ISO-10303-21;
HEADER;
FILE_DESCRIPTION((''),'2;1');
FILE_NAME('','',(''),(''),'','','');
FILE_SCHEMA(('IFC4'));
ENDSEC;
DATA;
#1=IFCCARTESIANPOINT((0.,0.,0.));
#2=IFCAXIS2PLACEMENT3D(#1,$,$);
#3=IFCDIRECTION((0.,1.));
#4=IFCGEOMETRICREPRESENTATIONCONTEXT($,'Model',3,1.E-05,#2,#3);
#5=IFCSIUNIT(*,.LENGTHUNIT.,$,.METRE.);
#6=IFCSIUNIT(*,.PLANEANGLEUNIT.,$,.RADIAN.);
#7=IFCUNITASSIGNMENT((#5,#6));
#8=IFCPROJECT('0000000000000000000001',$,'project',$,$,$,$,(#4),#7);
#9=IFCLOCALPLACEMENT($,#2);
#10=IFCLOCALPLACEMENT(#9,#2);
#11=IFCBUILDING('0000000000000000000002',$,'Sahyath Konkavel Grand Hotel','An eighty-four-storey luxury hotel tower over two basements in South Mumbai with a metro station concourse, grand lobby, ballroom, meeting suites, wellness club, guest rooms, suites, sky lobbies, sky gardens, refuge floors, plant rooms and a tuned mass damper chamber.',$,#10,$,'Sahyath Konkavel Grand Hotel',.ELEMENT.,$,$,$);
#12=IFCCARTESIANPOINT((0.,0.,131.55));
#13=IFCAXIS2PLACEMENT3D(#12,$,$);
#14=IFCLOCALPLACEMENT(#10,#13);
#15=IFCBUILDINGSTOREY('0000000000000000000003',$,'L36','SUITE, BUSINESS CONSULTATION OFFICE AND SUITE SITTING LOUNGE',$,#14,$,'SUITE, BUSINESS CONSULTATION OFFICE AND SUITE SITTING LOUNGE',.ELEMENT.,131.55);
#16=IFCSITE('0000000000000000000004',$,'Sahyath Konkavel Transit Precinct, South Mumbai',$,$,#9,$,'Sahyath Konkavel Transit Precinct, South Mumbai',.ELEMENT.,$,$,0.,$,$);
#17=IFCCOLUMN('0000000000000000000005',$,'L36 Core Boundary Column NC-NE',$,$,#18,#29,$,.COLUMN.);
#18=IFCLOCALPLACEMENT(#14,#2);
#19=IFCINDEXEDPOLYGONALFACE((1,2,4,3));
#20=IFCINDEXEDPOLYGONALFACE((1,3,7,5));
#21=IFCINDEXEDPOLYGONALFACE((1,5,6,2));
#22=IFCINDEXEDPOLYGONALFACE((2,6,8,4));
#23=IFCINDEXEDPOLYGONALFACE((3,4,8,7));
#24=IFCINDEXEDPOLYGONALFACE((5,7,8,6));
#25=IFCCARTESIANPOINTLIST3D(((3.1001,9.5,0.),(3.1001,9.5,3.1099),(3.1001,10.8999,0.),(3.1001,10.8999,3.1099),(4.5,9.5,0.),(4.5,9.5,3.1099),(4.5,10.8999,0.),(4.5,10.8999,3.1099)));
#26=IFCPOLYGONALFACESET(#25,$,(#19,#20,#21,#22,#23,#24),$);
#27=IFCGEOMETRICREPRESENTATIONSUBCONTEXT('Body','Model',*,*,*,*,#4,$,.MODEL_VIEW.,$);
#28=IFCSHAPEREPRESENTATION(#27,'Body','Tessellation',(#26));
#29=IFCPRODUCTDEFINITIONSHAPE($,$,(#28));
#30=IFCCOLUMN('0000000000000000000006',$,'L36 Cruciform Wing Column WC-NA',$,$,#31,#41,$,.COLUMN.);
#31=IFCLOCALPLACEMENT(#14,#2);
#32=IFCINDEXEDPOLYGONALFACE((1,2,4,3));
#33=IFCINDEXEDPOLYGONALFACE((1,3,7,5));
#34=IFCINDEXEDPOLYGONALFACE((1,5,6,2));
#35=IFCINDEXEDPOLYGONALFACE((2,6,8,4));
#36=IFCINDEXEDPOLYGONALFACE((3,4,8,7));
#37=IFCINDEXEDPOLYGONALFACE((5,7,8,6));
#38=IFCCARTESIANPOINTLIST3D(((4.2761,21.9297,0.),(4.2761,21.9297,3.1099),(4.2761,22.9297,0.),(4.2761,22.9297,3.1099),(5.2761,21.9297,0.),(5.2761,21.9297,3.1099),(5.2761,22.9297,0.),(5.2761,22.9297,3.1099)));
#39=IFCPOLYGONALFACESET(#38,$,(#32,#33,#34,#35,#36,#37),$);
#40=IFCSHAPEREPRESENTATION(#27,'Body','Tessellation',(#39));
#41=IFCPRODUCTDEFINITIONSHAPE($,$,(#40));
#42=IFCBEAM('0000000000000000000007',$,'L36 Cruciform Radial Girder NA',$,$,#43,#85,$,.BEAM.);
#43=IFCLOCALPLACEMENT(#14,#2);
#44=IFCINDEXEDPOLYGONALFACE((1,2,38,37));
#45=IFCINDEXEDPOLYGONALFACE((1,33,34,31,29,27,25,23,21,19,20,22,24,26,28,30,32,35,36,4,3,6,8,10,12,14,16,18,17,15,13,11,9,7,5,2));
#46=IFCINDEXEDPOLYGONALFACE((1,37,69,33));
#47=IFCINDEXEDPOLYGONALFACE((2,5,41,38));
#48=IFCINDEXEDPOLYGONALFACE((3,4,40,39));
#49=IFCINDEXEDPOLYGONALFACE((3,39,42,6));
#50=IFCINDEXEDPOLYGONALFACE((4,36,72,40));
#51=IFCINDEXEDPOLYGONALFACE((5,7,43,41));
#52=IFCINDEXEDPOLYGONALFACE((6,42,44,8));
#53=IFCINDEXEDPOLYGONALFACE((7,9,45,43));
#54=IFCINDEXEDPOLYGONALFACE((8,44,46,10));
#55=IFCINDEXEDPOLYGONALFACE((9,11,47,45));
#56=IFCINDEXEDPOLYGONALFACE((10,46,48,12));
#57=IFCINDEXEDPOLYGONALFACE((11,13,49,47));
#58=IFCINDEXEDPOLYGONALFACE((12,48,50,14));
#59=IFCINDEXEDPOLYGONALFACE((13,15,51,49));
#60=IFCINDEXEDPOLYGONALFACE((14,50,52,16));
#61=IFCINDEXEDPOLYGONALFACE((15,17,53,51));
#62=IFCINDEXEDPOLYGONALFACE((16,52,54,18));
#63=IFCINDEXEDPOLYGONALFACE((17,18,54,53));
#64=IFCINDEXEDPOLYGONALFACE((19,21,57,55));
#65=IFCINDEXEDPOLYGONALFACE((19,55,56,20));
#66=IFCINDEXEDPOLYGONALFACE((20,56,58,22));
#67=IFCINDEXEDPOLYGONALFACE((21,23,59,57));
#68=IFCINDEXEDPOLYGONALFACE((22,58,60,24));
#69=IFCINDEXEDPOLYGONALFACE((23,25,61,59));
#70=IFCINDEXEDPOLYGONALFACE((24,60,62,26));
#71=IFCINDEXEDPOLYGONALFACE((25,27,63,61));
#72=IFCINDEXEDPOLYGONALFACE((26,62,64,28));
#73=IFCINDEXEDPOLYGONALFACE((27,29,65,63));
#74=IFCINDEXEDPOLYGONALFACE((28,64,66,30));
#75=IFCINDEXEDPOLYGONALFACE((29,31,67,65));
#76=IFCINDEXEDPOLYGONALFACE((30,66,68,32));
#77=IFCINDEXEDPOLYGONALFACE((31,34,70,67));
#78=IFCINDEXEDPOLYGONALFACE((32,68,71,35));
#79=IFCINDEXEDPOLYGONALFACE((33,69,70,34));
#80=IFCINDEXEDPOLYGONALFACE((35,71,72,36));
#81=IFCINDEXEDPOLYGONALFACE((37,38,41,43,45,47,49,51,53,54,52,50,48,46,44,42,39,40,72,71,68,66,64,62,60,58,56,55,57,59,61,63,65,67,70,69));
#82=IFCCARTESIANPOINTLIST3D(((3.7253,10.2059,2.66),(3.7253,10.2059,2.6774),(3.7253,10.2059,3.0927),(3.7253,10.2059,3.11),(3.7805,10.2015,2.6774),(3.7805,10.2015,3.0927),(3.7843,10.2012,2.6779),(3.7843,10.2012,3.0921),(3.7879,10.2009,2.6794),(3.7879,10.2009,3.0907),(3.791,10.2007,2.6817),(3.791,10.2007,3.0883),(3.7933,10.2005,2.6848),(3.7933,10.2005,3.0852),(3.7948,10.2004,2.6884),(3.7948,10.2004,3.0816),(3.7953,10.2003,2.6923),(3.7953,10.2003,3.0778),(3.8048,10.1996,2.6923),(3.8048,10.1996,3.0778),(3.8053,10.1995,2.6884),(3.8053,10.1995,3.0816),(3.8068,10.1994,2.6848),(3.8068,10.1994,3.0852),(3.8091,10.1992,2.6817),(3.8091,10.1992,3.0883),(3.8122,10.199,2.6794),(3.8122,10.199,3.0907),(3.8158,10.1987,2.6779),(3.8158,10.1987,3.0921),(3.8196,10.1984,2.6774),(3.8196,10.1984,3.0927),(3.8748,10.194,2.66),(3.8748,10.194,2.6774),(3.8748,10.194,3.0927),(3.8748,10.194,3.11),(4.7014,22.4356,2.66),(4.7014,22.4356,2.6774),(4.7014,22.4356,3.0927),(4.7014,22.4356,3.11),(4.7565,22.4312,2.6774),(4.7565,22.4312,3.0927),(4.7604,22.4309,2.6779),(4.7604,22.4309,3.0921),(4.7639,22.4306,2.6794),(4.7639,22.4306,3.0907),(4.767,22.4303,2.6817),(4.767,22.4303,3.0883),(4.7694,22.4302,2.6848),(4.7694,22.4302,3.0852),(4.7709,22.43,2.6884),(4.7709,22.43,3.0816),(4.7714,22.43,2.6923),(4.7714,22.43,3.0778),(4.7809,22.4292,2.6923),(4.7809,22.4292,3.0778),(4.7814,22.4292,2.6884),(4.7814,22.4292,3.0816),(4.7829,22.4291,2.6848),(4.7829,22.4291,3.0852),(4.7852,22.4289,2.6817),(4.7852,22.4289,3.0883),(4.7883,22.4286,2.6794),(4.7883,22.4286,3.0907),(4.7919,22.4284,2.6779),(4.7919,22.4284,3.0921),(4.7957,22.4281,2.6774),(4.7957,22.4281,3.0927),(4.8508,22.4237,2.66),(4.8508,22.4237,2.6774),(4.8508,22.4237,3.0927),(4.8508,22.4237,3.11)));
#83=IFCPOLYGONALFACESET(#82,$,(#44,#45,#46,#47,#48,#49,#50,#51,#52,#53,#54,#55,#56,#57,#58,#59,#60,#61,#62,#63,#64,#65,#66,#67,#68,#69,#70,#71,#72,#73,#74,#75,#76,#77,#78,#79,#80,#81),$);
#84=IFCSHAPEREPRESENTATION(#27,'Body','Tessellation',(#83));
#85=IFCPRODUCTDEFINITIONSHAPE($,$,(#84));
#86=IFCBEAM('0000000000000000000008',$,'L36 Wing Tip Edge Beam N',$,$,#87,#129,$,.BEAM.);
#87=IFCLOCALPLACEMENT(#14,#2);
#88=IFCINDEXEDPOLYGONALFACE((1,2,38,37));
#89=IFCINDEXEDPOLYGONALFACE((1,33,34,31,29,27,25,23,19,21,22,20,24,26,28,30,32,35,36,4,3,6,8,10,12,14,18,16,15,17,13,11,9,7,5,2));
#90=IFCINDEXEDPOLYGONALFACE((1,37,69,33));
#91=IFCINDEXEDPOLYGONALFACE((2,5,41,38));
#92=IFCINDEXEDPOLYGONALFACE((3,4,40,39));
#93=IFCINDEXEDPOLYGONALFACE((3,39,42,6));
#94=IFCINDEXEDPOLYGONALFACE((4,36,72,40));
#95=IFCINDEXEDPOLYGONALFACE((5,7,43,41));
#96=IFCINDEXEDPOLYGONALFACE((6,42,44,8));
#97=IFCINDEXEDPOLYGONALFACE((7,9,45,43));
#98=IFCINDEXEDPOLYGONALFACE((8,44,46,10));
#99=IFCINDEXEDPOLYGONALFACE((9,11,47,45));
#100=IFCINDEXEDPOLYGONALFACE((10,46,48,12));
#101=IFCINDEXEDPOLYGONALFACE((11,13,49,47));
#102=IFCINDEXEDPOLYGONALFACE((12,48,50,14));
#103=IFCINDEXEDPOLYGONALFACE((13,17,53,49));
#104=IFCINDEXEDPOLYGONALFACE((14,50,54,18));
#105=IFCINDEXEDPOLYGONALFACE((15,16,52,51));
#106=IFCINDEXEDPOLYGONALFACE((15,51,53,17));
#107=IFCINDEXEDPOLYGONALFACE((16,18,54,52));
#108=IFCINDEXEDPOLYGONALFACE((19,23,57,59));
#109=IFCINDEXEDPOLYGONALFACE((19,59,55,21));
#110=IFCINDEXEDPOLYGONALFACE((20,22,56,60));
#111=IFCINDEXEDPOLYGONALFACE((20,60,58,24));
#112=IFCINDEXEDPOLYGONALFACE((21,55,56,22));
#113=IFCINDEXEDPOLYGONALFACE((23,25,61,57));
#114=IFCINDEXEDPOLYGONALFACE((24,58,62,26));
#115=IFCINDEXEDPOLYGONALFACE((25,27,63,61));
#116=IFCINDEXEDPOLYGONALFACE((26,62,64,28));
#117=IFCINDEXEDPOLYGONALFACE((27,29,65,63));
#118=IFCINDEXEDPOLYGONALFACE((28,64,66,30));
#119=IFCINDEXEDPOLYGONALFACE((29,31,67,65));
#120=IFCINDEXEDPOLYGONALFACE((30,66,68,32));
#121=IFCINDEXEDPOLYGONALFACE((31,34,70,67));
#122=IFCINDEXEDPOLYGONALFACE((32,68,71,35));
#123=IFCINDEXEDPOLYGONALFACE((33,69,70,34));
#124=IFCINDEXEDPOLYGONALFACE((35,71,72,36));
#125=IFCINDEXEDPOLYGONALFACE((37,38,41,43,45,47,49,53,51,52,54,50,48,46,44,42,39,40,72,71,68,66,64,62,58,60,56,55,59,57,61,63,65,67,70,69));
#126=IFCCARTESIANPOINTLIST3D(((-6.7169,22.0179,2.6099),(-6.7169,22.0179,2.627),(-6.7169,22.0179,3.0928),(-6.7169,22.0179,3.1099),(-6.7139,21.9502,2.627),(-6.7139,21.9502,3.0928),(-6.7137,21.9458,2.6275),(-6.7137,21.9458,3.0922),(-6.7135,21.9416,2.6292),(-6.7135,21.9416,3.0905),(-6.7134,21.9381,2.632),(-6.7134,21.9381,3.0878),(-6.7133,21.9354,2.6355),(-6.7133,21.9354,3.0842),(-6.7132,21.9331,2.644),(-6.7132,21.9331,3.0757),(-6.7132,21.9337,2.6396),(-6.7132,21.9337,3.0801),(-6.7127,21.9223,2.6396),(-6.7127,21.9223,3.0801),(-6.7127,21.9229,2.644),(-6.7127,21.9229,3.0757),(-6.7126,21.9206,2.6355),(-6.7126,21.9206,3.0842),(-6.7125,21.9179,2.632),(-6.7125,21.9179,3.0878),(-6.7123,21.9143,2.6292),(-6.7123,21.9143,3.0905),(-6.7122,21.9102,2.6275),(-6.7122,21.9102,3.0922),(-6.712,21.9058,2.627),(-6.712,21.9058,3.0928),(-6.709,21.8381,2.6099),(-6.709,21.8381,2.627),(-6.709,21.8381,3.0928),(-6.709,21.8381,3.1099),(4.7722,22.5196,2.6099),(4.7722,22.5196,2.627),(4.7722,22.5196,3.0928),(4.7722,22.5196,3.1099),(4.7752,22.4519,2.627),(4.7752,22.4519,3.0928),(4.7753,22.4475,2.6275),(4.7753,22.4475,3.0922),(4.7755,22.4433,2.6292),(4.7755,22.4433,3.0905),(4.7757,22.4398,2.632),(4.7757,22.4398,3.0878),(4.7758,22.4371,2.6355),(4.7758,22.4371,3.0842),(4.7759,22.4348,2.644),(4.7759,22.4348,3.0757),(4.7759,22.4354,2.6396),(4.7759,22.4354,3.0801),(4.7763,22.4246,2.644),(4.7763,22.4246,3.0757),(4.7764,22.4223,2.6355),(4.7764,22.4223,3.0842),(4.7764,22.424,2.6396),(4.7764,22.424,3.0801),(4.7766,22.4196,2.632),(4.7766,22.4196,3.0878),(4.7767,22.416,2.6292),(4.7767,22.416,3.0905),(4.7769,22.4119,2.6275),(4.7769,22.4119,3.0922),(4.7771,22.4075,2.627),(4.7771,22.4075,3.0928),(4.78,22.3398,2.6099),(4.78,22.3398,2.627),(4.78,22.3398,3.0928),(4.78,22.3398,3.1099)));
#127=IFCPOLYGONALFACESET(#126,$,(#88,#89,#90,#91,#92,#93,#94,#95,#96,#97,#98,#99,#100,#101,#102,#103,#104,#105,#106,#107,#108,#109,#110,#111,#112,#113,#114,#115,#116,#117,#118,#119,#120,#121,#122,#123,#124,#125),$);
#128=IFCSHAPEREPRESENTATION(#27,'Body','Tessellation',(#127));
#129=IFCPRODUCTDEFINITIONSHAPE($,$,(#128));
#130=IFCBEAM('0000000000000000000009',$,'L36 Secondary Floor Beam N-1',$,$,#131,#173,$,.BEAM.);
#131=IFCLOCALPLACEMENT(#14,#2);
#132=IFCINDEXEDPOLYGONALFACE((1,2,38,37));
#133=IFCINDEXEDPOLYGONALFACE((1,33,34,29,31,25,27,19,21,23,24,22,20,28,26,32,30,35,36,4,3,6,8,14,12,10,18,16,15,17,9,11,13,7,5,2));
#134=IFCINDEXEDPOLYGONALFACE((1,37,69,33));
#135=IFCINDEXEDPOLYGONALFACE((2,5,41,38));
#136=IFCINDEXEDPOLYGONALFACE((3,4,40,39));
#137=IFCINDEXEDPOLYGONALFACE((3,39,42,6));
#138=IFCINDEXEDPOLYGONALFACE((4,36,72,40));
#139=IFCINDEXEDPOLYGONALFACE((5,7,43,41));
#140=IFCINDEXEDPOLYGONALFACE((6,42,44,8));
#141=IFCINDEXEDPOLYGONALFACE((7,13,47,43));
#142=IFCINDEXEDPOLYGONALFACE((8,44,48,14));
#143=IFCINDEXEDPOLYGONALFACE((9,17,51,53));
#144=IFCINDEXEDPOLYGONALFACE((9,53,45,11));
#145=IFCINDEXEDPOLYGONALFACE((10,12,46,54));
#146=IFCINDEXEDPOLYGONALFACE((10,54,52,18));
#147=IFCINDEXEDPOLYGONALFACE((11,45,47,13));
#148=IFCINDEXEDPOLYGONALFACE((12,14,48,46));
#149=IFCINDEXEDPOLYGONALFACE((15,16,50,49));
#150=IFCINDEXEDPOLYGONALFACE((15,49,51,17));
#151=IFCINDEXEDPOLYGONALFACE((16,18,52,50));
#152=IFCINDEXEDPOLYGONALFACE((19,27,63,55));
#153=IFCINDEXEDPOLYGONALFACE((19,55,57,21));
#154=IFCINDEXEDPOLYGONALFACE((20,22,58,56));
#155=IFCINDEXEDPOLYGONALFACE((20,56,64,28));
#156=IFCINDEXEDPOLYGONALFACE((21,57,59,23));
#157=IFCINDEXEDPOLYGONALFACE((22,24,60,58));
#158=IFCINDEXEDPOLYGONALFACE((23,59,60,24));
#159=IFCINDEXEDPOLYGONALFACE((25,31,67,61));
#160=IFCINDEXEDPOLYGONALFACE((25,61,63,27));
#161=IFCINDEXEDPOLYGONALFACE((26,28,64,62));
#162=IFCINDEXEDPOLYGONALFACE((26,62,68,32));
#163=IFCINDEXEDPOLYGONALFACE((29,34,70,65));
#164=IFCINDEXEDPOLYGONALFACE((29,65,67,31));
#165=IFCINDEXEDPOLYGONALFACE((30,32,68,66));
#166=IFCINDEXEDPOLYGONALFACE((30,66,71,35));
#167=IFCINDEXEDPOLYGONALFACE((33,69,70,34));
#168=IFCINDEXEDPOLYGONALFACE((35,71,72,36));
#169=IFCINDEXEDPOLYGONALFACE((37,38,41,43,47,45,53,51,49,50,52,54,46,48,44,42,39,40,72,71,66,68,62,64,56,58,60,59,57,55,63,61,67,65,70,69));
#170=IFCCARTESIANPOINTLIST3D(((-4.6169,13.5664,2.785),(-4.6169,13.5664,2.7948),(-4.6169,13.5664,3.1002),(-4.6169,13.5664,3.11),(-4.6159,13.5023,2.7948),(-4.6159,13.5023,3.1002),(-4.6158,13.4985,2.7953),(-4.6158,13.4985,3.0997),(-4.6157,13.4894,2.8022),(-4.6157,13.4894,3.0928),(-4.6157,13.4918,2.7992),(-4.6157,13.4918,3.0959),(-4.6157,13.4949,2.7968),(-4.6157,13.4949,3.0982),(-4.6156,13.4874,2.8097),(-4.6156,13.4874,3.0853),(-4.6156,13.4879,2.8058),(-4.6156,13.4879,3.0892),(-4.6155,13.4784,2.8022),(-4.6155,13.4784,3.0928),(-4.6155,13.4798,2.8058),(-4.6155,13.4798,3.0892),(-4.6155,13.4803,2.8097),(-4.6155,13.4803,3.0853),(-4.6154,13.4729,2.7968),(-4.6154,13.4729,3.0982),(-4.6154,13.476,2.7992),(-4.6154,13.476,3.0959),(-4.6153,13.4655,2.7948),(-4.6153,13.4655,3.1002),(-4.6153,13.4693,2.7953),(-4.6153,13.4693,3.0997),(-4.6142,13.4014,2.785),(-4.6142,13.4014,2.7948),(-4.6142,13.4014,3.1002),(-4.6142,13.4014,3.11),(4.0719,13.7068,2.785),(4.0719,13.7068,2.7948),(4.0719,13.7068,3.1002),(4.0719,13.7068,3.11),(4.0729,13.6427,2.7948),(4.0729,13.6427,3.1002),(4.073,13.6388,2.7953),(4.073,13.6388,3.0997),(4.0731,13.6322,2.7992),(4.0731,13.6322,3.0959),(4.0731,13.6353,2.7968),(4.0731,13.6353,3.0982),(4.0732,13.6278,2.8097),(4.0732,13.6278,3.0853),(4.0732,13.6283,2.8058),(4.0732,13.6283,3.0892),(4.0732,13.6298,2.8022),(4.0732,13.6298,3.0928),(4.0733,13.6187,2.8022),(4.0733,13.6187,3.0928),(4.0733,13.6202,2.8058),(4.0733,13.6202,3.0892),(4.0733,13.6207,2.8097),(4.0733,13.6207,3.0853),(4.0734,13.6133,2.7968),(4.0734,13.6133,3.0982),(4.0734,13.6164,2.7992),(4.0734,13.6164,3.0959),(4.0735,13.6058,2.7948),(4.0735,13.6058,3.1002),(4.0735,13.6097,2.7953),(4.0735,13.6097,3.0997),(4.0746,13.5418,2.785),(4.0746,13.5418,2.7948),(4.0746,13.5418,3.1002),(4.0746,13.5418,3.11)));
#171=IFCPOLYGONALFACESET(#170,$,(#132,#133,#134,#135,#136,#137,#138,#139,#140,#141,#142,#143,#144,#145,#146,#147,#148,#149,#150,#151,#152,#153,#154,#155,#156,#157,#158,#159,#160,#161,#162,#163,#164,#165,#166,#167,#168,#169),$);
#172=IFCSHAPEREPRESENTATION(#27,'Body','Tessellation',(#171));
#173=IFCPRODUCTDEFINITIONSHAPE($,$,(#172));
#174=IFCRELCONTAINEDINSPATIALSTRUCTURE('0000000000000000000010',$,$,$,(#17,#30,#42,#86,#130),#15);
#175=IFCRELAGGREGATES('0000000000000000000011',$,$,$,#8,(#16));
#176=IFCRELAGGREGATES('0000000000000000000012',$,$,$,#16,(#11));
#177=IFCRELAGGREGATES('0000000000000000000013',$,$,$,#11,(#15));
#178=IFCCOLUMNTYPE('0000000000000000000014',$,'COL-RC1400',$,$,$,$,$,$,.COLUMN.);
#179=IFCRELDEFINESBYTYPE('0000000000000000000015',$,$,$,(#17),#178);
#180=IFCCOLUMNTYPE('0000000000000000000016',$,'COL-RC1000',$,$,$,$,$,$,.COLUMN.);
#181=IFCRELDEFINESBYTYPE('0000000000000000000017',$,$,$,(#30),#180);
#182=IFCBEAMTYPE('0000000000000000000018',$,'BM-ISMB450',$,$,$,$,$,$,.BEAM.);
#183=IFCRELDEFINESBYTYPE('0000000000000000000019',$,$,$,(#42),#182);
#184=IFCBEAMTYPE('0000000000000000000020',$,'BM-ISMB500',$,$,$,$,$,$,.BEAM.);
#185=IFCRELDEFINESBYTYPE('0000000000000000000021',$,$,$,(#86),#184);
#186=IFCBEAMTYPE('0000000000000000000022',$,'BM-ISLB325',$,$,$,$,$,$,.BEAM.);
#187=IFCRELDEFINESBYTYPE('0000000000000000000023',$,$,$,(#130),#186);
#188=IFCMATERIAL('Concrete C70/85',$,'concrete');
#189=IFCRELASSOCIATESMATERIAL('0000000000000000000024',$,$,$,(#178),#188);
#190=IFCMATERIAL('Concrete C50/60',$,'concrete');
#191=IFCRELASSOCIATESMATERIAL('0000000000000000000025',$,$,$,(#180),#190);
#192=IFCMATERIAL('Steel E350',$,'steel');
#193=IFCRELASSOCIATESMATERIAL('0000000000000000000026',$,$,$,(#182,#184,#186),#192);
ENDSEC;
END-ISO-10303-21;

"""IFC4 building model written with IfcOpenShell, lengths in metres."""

from ifc_helpers import new_model, si_unit, direction, frame, origin, origin_2d, place, context, subcontext, project, spatial, rectangle, i_section, extrude, source, transform, mapped, material, material_profile, profile_set, type_object, element, save


model = new_model("IFC4")

# Units and contexts
model_context = context("Model", 3, precision=1e-05, world=origin(), true_north=direction((0.0, 1.0)))
body_context = subcontext(model_context, "Body", "Model", "MODEL_VIEW")
ifc_project = project(units=[si_unit("LENGTHUNIT", "METRE"), si_unit("PLANEANGLEUNIT", "RADIAN")], contexts=[model_context])

# Site, building, storey
site_placement = place(None, origin())
site = spatial("IfcSite", under=ifc_project, at=site_placement, Name="Sahyath Konkavel Transit Precinct, South Mumbai", LongName="Sahyath Konkavel Transit Precinct, South Mumbai", CompositionType="ELEMENT", RefElevation=0.0)
building_placement = place(site_placement, origin())
building = spatial("IfcBuilding", under=site, at=building_placement, Name="Sahyath Konkavel Grand Hotel", Description="An eighty-four-storey luxury hotel tower over two basements in South Mumbai with a metro station concourse, grand lobby, ballroom, meeting suites, wellness club, guest rooms, suites, sky lobbies, sky gardens, refuge floors, plant rooms and a tuned mass damper chamber.", LongName="Sahyath Konkavel Grand Hotel", CompositionType="ELEMENT")
storey_placement = place(building_placement, frame((0.0, 0.0, 131.55)))
storey = spatial("IfcBuildingStorey", under=building, at=storey_placement, Name="L36", Description="SUITE, BUSINESS CONSULTATION OFFICE AND SUITE SITTING LOUNGE", LongName="SUITE, BUSINESS CONSULTATION OFFICE AND SUITE SITTING LOUNGE", CompositionType="ELEMENT", Elevation=131.55)

# Columns
ifc_material_1 = material(Name="Concrete C70/85", Category="concrete")
ifc_material_profile_1 = material_profile(ifc_material_1, rectangle(XDim=1.3999, YDim=1.3999, at=origin_2d()), Name="RC 1400x1400")
ifc_profile_set_1 = profile_set([ifc_material_profile_1], Name="Concrete C70/85")
column_type_1 = type_object("IfcColumnType", Name="COL-RC1400", PredefinedType="COLUMN", material=ifc_profile_set_1)
shared_shape_1 = source(origin(), body_context, "Body", "SweptSolid", [
    extrude(rectangle(XDim=1.3999, YDim=1.3999, at=origin_2d()), origin(), (0.0, 0.0, 1.0), 3.1099),
])
column_1_placement = place(storey_placement, frame((3.8, 10.2, 0.0), z_axis=(0.0, 0.0, 1.0), x_axis=(1.0, 0.0, 0.0)))
element("IfcColumn", 1, at=column_1_placement, inside=storey, type_object=column_type_1, Name="L36 Core Boundary Column NC-NE", PredefinedType="COLUMN", context=body_context, shape_type="MappedRepresentation", body=[
    mapped(shared_shape_1, transform((0.0, 0.0, 0.0), scale=1.0)),
])
ifc_material_2 = material(Name="Concrete C50/60", Category="concrete")
ifc_material_profile_2 = material_profile(ifc_material_2, rectangle(XDim=1.0, YDim=1.0, at=origin_2d()), Name="RC 1000x1000")
ifc_profile_set_2 = profile_set([ifc_material_profile_2], Name="Concrete C50/60")
column_type_2 = type_object("IfcColumnType", Name="COL-RC1000", PredefinedType="COLUMN", material=ifc_profile_set_2)
shared_shape_2 = source(origin(), body_context, "Body", "SweptSolid", [
    extrude(rectangle(XDim=1.0, YDim=1.0, at=origin_2d()), origin(), (0.0, 0.0, 1.0), 3.1099),
])
column_2_placement = place(storey_placement, frame((4.7761, 22.4297, 0.0), z_axis=(0.0, 0.0, 1.0), x_axis=(1.0, 0.0, 0.0)))
element("IfcColumn", 2, at=column_2_placement, inside=storey, type_object=column_type_2, Name="L36 Cruciform Wing Column WC-NA", PredefinedType="COLUMN", context=body_context, shape_type="MappedRepresentation", body=[
    mapped(shared_shape_2, transform((0.0, 0.0, 0.0), scale=1.0)),
])

# Beams
ifc_material_3 = material(Name="Steel E350", Category="steel")
ifc_material_profile_3 = material_profile(ifc_material_3, i_section(OverallWidth=0.1499, OverallDepth=0.45, WebThickness=0.0095, FlangeThickness=0.0173, FilletRadius=0.0149, at=origin_2d()), Name="ISMB 450")
ifc_profile_set_3 = profile_set([ifc_material_profile_3], Name="Steel E350")
beam_type_1 = type_object("IfcBeamType", Name="BM-ISMB450", PredefinedType="BEAM", material=ifc_profile_set_3)
shared_shape_3 = source(origin(), body_context, "Body", "SweptSolid", [
    extrude(i_section(OverallWidth=0.1499, OverallDepth=0.45, WebThickness=0.0095, FlangeThickness=0.0173, FilletRadius=0.0149, at=origin_2d()), origin(), (0.0, 0.0, 1.0), 12.2686),
])
beam_1_placement = place(storey_placement, frame((3.8, 10.2, 2.885), z_axis=(0.079559, 0.99683, 0.0), x_axis=(-0.99683, 0.079559, 0.0)))
element("IfcBeam", 3, at=beam_1_placement, inside=storey, type_object=beam_type_1, Name="L36 Cruciform Radial Girder NA", PredefinedType="BEAM", context=body_context, shape_type="MappedRepresentation", body=[
    mapped(shared_shape_3, transform((0.0, 0.0, 0.0), scale=1.0)),
])
ifc_material_profile_4 = material_profile(ifc_material_3, i_section(OverallWidth=0.1799, OverallDepth=0.5, WebThickness=0.0103, FlangeThickness=0.0171, FilletRadius=0.0171, at=origin_2d()), Name="ISMB 500")
ifc_profile_set_4 = profile_set([ifc_material_profile_4], Name="Steel E350")
beam_type_2 = type_object("IfcBeamType", Name="BM-ISMB500", PredefinedType="BEAM", material=ifc_profile_set_4)
shared_shape_4 = source(origin(), body_context, "Body", "SweptSolid", [
    extrude(i_section(OverallWidth=0.1799, OverallDepth=0.5, WebThickness=0.0103, FlangeThickness=0.0171, FilletRadius=0.0171, at=origin_2d()), origin(), (0.0, 0.0, 1.0), 11.5),
])
beam_2_placement = place(storey_placement, frame((4.7761, 22.4297, 2.8599), z_axis=(-0.999048, -0.043627, 0.0), x_axis=(0.043627, -0.999048, 0.0)))
element("IfcBeam", 4, at=beam_2_placement, inside=storey, type_object=beam_type_2, Name="L36 Wing Tip Edge Beam N", PredefinedType="BEAM", context=body_context, shape_type="MappedRepresentation", body=[
    mapped(shared_shape_4, transform((0.0, 0.0, 0.0), scale=1.0)),
])
ifc_material_profile_5 = material_profile(ifc_material_3, i_section(OverallWidth=0.165, OverallDepth=0.325, WebThickness=0.0071, FlangeThickness=0.0098, FilletRadius=0.0149, at=origin_2d()), Name="ISLB 325")
ifc_profile_set_5 = profile_set([ifc_material_profile_5], Name="Steel E350")
beam_type_3 = type_object("IfcBeamType", Name="BM-ISLB325", PredefinedType="BEAM", material=ifc_profile_set_5)
shared_shape_5 = source(origin(), body_context, "Body", "SweptSolid", [
    extrude(i_section(OverallWidth=0.165, OverallDepth=0.325, WebThickness=0.0071, FlangeThickness=0.0098, FilletRadius=0.0149, at=origin_2d()), origin(), (0.0, 0.0, 1.0), 8.6899),
])
beam_3_placement = place(storey_placement, frame((4.0732, 13.6243, 2.9475), z_axis=(-0.99987, -0.016155, 0.0), x_axis=(0.016155, -0.99987, 0.0)))
element("IfcBeam", 5, at=beam_3_placement, inside=storey, type_object=beam_type_3, Name="L36 Secondary Floor Beam N-1", PredefinedType="BEAM", context=body_context, shape_type="MappedRepresentation", body=[
    mapped(shared_shape_5, transform((0.0, 0.0, 0.0), scale=1.0)),
])

save(model, "model.ifc")
